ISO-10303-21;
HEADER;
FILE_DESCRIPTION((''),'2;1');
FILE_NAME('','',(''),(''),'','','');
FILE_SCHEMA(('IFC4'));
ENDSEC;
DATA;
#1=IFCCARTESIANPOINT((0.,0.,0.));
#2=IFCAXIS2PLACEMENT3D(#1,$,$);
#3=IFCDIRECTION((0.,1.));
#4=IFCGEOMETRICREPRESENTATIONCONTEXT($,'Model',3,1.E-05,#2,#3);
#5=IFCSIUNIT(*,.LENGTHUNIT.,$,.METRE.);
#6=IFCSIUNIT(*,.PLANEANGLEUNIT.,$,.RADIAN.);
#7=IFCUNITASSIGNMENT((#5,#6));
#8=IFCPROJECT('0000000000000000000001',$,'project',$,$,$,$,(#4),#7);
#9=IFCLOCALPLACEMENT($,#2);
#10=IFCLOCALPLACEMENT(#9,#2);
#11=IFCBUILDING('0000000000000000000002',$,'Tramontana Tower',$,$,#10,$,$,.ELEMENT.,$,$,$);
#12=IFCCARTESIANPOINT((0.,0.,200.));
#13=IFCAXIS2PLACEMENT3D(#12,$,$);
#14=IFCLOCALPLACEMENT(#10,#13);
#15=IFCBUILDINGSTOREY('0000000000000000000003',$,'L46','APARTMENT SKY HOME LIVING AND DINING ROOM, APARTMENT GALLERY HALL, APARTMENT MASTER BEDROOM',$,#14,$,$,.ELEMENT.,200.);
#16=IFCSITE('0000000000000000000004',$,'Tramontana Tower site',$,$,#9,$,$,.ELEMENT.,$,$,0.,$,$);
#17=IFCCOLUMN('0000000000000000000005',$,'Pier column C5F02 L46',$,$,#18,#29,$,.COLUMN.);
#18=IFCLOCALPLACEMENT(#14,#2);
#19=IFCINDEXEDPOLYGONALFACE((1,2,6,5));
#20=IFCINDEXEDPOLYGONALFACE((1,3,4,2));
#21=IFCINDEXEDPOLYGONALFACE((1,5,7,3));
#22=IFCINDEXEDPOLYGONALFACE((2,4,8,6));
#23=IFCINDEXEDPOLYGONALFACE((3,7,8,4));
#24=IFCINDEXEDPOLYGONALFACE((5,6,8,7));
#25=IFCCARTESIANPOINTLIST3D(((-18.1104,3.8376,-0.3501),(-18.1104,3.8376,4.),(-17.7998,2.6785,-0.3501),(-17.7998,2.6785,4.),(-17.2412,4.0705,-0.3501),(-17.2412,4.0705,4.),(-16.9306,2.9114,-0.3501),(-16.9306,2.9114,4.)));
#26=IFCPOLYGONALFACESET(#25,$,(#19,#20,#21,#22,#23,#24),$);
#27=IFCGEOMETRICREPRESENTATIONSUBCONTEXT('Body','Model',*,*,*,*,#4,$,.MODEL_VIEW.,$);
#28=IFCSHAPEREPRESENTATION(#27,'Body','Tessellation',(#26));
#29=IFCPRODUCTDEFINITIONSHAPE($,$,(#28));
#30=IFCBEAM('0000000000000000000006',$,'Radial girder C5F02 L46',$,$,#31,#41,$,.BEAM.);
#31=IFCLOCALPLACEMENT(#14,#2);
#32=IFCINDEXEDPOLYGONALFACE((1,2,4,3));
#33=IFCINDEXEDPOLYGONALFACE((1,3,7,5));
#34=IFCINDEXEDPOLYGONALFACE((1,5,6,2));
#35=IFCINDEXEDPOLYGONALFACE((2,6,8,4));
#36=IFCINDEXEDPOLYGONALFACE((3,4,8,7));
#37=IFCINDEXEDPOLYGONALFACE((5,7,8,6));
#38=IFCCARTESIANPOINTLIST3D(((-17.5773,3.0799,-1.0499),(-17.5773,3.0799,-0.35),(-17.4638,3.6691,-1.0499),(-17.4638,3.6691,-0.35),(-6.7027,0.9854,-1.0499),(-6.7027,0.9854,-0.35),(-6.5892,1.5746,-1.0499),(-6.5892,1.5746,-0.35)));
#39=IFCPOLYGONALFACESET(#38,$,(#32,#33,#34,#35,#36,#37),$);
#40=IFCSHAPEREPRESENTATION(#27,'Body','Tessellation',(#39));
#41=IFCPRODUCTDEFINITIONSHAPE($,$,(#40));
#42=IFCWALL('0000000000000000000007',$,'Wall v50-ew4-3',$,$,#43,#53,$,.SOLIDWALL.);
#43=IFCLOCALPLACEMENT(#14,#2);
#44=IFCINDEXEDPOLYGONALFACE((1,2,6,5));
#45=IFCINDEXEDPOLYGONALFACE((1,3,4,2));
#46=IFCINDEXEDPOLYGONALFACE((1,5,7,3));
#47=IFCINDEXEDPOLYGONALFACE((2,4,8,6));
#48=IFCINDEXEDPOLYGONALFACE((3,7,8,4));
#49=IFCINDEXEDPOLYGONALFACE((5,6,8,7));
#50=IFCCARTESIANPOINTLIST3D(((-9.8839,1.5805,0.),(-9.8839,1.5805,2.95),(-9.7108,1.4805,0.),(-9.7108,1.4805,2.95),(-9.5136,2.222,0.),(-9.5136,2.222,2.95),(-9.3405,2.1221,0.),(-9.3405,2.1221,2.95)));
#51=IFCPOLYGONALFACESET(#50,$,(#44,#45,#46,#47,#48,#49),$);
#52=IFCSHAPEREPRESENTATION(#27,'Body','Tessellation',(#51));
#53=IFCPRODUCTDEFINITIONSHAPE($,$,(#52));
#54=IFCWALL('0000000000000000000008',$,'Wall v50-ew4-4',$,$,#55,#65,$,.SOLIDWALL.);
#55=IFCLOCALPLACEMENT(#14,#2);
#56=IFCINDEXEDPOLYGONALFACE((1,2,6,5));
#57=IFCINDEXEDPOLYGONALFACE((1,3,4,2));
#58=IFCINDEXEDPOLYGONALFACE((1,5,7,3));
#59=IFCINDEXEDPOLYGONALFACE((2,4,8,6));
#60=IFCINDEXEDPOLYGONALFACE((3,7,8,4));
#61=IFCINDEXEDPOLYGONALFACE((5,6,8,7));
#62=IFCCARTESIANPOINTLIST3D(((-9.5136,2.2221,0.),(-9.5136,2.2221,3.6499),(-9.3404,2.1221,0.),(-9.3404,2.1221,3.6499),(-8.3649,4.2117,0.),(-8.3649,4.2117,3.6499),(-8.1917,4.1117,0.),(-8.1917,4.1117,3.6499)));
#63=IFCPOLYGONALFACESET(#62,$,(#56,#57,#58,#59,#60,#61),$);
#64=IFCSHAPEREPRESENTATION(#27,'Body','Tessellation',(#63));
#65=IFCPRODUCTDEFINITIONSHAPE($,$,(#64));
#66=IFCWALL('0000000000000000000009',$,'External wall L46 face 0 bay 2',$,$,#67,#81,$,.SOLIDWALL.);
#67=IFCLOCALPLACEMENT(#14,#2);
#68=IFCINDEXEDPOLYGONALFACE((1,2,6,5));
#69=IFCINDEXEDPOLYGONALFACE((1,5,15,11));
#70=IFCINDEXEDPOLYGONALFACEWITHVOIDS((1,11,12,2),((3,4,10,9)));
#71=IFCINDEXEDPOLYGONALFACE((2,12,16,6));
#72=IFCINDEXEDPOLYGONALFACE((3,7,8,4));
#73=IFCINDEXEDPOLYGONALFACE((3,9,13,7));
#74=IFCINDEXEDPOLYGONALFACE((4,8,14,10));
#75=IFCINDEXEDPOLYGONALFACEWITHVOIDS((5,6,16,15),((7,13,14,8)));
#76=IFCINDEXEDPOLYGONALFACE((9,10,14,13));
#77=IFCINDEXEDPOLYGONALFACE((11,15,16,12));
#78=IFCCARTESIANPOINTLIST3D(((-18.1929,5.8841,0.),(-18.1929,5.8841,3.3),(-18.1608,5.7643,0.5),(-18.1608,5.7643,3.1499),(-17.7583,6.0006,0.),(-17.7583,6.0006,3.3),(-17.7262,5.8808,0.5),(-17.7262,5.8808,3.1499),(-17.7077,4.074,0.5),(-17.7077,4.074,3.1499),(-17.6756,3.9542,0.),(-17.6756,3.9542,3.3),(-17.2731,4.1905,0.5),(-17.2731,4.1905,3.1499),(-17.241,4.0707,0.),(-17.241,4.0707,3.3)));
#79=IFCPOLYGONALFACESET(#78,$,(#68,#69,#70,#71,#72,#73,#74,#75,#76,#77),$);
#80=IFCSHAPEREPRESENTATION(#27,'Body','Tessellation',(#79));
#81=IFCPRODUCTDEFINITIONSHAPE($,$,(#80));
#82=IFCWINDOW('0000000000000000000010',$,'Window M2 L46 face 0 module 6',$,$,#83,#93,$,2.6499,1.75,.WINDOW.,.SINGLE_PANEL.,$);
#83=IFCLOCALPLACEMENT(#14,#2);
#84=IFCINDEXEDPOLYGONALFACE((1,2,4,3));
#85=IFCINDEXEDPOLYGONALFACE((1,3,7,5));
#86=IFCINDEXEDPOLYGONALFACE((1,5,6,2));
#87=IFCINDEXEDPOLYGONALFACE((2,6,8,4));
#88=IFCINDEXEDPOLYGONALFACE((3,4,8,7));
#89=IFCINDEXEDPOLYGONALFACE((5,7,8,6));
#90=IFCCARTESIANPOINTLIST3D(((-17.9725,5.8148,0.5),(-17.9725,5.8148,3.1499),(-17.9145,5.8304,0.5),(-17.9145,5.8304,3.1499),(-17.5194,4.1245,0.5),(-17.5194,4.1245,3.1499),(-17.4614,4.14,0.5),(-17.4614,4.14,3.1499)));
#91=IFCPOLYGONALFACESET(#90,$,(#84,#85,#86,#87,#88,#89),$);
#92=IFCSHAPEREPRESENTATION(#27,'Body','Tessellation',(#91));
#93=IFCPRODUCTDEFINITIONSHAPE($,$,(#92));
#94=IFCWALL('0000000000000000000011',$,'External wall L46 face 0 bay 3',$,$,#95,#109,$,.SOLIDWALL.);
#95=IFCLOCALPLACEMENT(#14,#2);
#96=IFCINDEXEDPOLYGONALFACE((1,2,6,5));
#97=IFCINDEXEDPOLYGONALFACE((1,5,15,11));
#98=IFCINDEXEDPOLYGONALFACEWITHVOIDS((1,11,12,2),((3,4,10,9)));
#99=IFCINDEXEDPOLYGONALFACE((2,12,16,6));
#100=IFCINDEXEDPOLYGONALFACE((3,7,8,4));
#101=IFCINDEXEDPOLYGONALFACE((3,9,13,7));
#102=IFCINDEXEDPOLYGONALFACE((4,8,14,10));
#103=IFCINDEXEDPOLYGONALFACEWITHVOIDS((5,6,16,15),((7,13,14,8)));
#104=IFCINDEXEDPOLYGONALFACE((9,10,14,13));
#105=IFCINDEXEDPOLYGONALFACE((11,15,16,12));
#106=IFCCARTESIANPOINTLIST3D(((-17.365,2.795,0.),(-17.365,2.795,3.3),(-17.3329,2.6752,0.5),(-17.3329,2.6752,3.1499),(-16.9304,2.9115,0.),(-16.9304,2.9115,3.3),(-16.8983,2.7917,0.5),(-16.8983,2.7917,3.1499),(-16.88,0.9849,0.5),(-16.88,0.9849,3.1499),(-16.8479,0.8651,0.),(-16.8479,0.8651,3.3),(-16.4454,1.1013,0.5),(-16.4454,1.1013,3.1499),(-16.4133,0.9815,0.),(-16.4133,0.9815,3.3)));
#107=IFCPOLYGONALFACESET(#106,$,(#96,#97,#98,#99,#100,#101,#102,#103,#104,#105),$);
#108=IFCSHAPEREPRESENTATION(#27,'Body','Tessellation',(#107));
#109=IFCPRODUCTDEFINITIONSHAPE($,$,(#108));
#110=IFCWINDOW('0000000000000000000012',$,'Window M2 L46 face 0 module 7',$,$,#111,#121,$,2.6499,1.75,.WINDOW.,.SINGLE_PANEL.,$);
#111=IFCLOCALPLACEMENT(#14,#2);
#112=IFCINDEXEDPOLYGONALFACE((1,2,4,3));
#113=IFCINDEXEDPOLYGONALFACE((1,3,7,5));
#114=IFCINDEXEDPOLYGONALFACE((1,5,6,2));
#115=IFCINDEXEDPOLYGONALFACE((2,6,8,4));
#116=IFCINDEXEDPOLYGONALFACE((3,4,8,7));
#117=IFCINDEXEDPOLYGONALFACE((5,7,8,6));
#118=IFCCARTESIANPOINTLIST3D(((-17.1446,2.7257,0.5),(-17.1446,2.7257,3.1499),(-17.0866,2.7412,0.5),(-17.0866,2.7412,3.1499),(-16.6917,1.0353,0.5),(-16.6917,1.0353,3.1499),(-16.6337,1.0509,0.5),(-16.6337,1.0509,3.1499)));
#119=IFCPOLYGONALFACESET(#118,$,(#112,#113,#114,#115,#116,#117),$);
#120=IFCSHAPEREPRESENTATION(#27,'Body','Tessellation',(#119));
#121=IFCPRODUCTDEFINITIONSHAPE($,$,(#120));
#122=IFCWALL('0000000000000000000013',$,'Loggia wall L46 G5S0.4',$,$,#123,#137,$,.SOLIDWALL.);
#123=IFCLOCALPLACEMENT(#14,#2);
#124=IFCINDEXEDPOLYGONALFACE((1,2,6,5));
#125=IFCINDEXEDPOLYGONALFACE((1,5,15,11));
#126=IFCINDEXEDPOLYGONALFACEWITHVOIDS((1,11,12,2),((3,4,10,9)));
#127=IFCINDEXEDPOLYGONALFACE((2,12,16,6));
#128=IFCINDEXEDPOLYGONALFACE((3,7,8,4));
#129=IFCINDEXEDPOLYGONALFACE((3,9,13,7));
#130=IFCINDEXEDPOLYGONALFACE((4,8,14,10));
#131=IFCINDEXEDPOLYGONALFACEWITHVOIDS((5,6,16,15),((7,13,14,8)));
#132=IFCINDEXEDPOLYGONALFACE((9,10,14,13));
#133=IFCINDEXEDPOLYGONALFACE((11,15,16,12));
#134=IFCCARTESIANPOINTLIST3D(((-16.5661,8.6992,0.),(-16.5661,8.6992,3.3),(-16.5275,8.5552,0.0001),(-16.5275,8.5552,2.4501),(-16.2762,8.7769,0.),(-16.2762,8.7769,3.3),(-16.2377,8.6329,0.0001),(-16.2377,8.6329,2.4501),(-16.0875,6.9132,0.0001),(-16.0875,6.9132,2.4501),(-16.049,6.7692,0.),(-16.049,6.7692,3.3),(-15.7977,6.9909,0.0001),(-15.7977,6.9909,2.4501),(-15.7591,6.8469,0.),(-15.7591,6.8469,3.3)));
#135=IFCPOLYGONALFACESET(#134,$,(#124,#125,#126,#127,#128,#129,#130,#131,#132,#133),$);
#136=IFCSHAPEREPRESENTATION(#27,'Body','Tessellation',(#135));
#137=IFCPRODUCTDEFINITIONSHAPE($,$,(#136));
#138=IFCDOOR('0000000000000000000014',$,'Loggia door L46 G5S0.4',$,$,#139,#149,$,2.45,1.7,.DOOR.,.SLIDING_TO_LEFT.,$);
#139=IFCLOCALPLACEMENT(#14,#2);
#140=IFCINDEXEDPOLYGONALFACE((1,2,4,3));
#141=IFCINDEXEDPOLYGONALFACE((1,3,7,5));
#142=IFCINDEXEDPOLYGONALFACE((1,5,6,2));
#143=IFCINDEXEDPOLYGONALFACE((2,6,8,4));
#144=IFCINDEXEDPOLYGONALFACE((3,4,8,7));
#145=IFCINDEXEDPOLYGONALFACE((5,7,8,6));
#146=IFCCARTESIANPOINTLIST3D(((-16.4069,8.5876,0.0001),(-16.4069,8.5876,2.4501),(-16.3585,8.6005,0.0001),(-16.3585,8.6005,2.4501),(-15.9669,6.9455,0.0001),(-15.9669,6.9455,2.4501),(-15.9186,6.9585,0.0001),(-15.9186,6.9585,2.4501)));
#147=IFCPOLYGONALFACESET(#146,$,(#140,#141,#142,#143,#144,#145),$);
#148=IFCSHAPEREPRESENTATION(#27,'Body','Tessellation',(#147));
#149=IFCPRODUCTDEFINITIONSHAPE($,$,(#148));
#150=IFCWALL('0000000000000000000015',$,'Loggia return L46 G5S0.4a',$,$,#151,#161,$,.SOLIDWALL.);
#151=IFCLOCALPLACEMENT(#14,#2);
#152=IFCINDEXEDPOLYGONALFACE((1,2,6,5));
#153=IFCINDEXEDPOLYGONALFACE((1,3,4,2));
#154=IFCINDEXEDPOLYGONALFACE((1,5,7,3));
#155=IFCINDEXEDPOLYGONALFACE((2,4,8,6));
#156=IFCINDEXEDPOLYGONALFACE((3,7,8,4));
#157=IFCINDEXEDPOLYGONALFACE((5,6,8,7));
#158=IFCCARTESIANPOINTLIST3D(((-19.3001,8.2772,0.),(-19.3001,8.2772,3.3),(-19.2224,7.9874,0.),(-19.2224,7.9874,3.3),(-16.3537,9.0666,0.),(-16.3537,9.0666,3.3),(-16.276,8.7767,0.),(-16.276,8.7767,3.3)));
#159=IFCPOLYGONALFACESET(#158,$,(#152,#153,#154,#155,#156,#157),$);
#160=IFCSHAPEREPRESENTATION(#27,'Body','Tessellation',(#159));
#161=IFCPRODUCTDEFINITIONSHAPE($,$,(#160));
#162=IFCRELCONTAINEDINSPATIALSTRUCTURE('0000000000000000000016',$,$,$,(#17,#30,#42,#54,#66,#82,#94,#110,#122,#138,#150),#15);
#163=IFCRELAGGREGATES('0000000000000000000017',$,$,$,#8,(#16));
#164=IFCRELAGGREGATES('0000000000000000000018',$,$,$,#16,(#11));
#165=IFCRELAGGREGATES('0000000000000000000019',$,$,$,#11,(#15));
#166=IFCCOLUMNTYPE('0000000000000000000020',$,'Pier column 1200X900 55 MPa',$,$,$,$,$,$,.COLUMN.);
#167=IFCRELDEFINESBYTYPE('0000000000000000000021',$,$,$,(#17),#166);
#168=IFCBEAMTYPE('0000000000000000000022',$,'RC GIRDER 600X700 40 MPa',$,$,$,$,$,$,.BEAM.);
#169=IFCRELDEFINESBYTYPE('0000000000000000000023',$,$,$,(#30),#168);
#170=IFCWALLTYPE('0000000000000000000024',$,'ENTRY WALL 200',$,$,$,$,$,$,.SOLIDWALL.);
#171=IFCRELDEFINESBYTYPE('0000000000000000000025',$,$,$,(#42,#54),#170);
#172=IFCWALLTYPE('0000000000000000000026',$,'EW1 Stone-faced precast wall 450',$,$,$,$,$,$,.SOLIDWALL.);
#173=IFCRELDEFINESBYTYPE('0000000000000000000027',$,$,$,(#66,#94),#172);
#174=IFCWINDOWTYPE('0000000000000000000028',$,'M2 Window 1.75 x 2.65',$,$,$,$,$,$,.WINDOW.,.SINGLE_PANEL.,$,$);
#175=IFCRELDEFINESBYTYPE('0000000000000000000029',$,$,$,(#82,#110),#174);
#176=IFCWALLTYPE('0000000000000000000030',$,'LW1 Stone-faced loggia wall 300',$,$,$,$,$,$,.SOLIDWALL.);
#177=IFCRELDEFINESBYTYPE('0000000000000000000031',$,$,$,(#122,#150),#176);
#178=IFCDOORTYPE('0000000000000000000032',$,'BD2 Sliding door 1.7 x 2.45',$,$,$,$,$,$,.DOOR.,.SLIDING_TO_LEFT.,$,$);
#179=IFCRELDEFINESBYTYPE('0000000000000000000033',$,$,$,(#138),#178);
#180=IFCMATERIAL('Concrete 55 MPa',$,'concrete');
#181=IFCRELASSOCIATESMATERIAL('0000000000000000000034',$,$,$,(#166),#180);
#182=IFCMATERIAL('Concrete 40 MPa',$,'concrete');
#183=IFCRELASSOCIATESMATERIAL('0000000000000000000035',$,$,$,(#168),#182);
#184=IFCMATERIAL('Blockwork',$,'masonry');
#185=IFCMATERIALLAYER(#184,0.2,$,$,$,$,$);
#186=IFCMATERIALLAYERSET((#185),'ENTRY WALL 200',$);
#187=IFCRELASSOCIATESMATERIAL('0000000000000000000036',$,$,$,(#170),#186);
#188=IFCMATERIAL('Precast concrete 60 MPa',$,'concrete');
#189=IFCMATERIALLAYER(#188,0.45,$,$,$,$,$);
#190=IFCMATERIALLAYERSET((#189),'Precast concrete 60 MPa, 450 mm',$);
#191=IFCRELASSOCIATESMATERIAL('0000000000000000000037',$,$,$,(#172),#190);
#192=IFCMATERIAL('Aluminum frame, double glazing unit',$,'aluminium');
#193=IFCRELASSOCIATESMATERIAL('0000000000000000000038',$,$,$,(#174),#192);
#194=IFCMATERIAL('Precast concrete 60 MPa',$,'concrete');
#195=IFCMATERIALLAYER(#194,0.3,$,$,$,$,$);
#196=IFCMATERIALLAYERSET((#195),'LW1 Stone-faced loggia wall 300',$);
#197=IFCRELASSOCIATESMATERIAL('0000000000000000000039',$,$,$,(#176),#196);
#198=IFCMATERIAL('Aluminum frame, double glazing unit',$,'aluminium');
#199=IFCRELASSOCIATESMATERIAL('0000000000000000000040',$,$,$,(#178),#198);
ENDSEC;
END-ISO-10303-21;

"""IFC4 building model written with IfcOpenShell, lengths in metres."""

from ifc_helpers import new_model, si_unit, direction, frame, frame_2d, origin, origin_2d, place, context, subcontext, project, spatial, rectangle, extrude, material, layer, layer_set, material_profile, profile_set, type_object, element, fill, save


model = new_model("IFC4")

# Units and contexts
model_context = context("Model", 3, precision=1e-05, world=origin(), true_north=direction((0.0, 1.0)))
body_context = subcontext(model_context, "Body", "Model", "MODEL_VIEW")
ifc_project = project(units=[si_unit("LENGTHUNIT", "METRE"), si_unit("PLANEANGLEUNIT", "RADIAN")], contexts=[model_context])

# Site, building, storey
site_placement = place(None, origin())
site = spatial("IfcSite", under=ifc_project, at=site_placement, Name="Tramontana Tower site", CompositionType="ELEMENT", RefElevation=0.0)
building_placement = place(site_placement, origin())
building = spatial("IfcBuilding", under=site, at=building_placement, Name="Tramontana Tower", CompositionType="ELEMENT")
storey_placement = place(building_placement, frame((0.0, 0.0, 200.0)))
storey = spatial("IfcBuildingStorey", under=building, at=storey_placement, Name="L46", Description="APARTMENT SKY HOME LIVING AND DINING ROOM, APARTMENT GALLERY HALL, APARTMENT MASTER BEDROOM", CompositionType="ELEMENT", Elevation=200.0)

# Column
ifc_material_1 = material(Name="Concrete 55 MPa", Category="concrete")
ifc_material_profile_1 = material_profile(ifc_material_1, rectangle(XDim=1.2, YDim=0.8999, at=origin_2d()), Name="Pier column 1200X900 55 MPa")
ifc_profile_set_1 = profile_set([ifc_material_profile_1], Name="Concrete 55 MPa")
column_type = type_object("IfcColumnType", Name="Pier column 1200X900 55 MPa", PredefinedType="COLUMN", material=ifc_profile_set_1)
column_placement = place(storey_placement, frame((-17.5205, 3.3745, -0.3501), z_axis=(0.0, 0.0, 1.0), x_axis=(0.258819, -0.965926, 0.0)))
element("IfcColumn", 1, at=column_placement, inside=storey, type_object=column_type, Name="Pier column C5F02 L46", PredefinedType="COLUMN", context=body_context, shape_type="SweptSolid", body=[
    extrude(rectangle(XDim=1.2, YDim=0.8999, at=origin_2d()), origin(), (0.0, 0.0, 1.0), 4.3501),
])

# Beam
ifc_material_2 = material(Name="Concrete 40 MPa", Category="concrete")
ifc_material_profile_2 = material_profile(ifc_material_2, rectangle(XDim=0.6001, YDim=0.7, at=origin_2d()), Name="RC GIRDER 600X700 40 MPa")
ifc_profile_set_2 = profile_set([ifc_material_profile_2], Name="Concrete 40 MPa")
beam_type = type_object("IfcBeamType", Name="RC GIRDER 600X700 40 MPa", PredefinedType="BEAM", material=ifc_profile_set_2)
beam_placement = place(storey_placement, frame((-17.5205, 3.3745, -0.7), z_axis=(0.981952, -0.189129, 0.0), x_axis=(0.189129, 0.981952, 0.0)))
element("IfcBeam", 2, at=beam_placement, inside=storey, type_object=beam_type, Name="Radial girder C5F02 L46", PredefinedType="BEAM", context=body_context, shape_type="SweptSolid", body=[
    extrude(rectangle(XDim=0.6001, YDim=0.7, at=origin_2d()), origin(), (0.0, 0.0, 1.0), 11.0745),
])

# Walls
ifc_material_3 = material(Name="Blockwork", Category="masonry")
ifc_layer_1 = layer(ifc_material_3, 0.2)
ifc_layer_set_1 = layer_set([ifc_layer_1], Name="ENTRY WALL 200")
wall_type_1 = type_object("IfcWallType", Name="ENTRY WALL 200", PredefinedType="SOLIDWALL", material=ifc_layer_set_1)
wall_1_placement = place(storey_placement, frame((-9.7974, 1.5305, 0.0), z_axis=(0.0, 0.0, 1.0), x_axis=(0.499932, 0.866065, 0.0)))
element("IfcWall", 3, at=wall_1_placement, inside=storey, type_object=wall_type_1, Name="Wall v50-ew4-3", PredefinedType="SOLIDWALL", context=body_context, shape_type="SweptSolid", body=[
    extrude(rectangle(XDim=0.7407, YDim=0.2, at=frame_2d((0.3704, 0.0))), origin(), (0.0, 0.0, 1.0), 2.95),
])
wall_2_placement = place(storey_placement, frame((-9.427, 2.1721, 0.0), z_axis=(0.0, 0.0, 1.0), x_axis=(0.500014, 0.866017, 0.0)))
element("IfcWall", 4, at=wall_2_placement, inside=storey, type_object=wall_type_1, Name="Wall v50-ew4-4", PredefinedType="SOLIDWALL", context=body_context, shape_type="SweptSolid", body=[
    extrude(rectangle(XDim=2.2974, YDim=0.2, at=frame_2d((1.1487, 0.0))), origin(), (0.0, 0.0, 1.0), 3.6499),
])

# Walls, openings, windows
ifc_material_4 = material(Name="Precast concrete 60 MPa", Category="concrete")
ifc_layer_2 = layer(ifc_material_4, 0.45)
ifc_layer_set_2 = layer_set([ifc_layer_2], Name="Precast concrete 60 MPa, 450 mm")
wall_type_2 = type_object("IfcWallType", Name="EW1 Stone-faced precast wall 450", PredefinedType="SOLIDWALL", material=ifc_layer_set_2)
wall_3_placement = place(storey_placement, frame((-17.9756, 5.9424, 0.0), z_axis=(0.0, 0.0, 1.0), x_axis=(0.258917, -0.9659, 0.0)))
wall_3 = element("IfcWall", 5, at=wall_3_placement, inside=storey, type_object=wall_type_2, Name="External wall L46 face 0 bay 2", PredefinedType="SOLIDWALL", context=body_context, shape_type="SweptSolid", body=[
    extrude(rectangle(XDim=1.998, YDim=0.45, at=frame_2d((0.999, 0.0))), origin(), (0.0, 0.0, 1.0), 3.3),
])
opening_1_placement = place(wall_3_placement, frame((0.124, 0.0, 0.5)))
opening_1 = element("IfcOpeningElement", 6, at=opening_1_placement, cuts=wall_3, PredefinedType="OPENING", context=body_context, shape_type="SweptSolid", body=[
    extrude(rectangle(XDim=1.75, YDim=2.6499, at=frame_2d((0.875, 1.325))), frame((0.0, 0.2349, 0.0), z_axis=(0.0, -1.0, 0.0), x_axis=(1.0, 0.0, 0.0)), (0.0, 0.0, 1.0), 0.47),
])
ifc_material_5 = material(Name="Aluminum frame, double glazing unit", Category="aluminium")
window_type = type_object("IfcWindowType", Name="M2 Window 1.75 x 2.65", PartitioningType="SINGLE_PANEL", PredefinedType="WINDOW", material=ifc_material_5)
window_1_placement = place(opening_1_placement, origin())
window_1 = element("IfcWindow", 7, at=window_1_placement, inside=storey, type_object=window_type, Name="Window M2 L46 face 0 module 6", OverallHeight=2.6499, OverallWidth=1.75, PartitioningType="SINGLE_PANEL", PredefinedType="WINDOW", context=body_context, shape_type="SweptSolid", body=[
    extrude(rectangle(XDim=1.75, YDim=2.6499, at=frame_2d((0.875, 1.325))), frame((0.0, 0.03, 0.0), z_axis=(0.0, -1.0, 0.0), x_axis=(1.0, 0.0, 0.0)), (0.0, 0.0, 1.0), 0.0601),
])
fill(opening_1, window_1)
wall_4_placement = place(storey_placement, frame((-17.1477, 2.8533, 0.0), z_axis=(0.0, 0.0, 1.0), x_axis=(0.258803, -0.96593, 0.0)))
wall_4 = element("IfcWall", 8, at=wall_4_placement, inside=storey, type_object=wall_type_2, Name="External wall L46 face 0 bay 3", PredefinedType="SOLIDWALL", context=body_context, shape_type="SweptSolid", body=[
    extrude(rectangle(XDim=1.998, YDim=0.45, at=frame_2d((0.999, 0.0))), origin(), (0.0, 0.0, 1.0), 3.3),
])
opening_2_placement = place(wall_4_placement, frame((0.124, 0.0, 0.5)))
opening_2 = element("IfcOpeningElement", 9, at=opening_2_placement, cuts=wall_4, PredefinedType="OPENING", context=body_context, shape_type="SweptSolid", body=[
    extrude(rectangle(XDim=1.75, YDim=2.6499, at=frame_2d((0.875, 1.325))), frame((0.0, 0.2349, 0.0), z_axis=(0.0, -1.0, 0.0), x_axis=(1.0, 0.0, 0.0)), (0.0, 0.0, 1.0), 0.47),
])
window_2_placement = place(opening_2_placement, origin())
window_2 = element("IfcWindow", 10, at=window_2_placement, inside=storey, type_object=window_type, Name="Window M2 L46 face 0 module 7", OverallHeight=2.6499, OverallWidth=1.75, PartitioningType="SINGLE_PANEL", PredefinedType="WINDOW", context=body_context, shape_type="SweptSolid", body=[
    extrude(rectangle(XDim=1.75, YDim=2.6499, at=frame_2d((0.875, 1.325))), frame((0.0, 0.03, 0.0), z_axis=(0.0, -1.0, 0.0), x_axis=(1.0, 0.0, 0.0)), (0.0, 0.0, 1.0), 0.0601),
])
fill(opening_2, window_2)

# Wall, opening, door
ifc_material_6 = material(Name="Precast concrete 60 MPa", Category="concrete")
ifc_layer_3 = layer(ifc_material_6, 0.3)
ifc_layer_set_3 = layer_set([ifc_layer_3], Name="LW1 Stone-faced loggia wall 300")
wall_type_3 = type_object("IfcWallType", Name="LW1 Stone-faced loggia wall 300", PredefinedType="SOLIDWALL", material=ifc_layer_set_3)
wall_5_placement = place(storey_placement, frame((-16.4211, 8.738, 0.0), z_axis=(0.0, 0.0, 1.0), x_axis=(0.258803, -0.96593, 0.0)))
wall_5 = element("IfcWall", 11, at=wall_5_placement, inside=storey, type_object=wall_type_3, Name="Loggia wall L46 G5S0.4", PredefinedType="SOLIDWALL", context=body_context, shape_type="SweptSolid", body=[
    extrude(rectangle(XDim=1.998, YDim=0.3, at=frame_2d((0.999, 0.0))), origin(), (0.0, 0.0, 1.0), 3.3),
])
opening_3_placement = place(wall_5_placement, frame((0.1489, 0.0, 0.0)))
opening_3 = element("IfcOpeningElement", 12, at=opening_3_placement, cuts=wall_5, PredefinedType="OPENING", context=body_context, shape_type="SweptSolid", body=[
    extrude(rectangle(XDim=1.7, YDim=2.45, at=frame_2d((0.8501, 1.2251))), frame((0.0, 0.1599, 0.0), z_axis=(0.0, -1.0, 0.0), x_axis=(1.0, 0.0, 0.0)), (0.0, 0.0, 1.0), 0.3201),
])
ifc_material_7 = material(Name="Aluminum frame, double glazing unit", Category="aluminium")
door_type_1 = type_object("IfcDoorType", Name="BD2 Sliding door 1.7 x 2.45", OperationType="SLIDING_TO_LEFT", PredefinedType="DOOR", material=ifc_material_7)
door_1_placement = place(opening_3_placement, origin())
door_1 = element("IfcDoor", 13, at=door_1_placement, inside=storey, type_object=door_type_1, Name="Loggia door L46 G5S0.4", OperationType="SLIDING_TO_LEFT", OverallHeight=2.45, OverallWidth=1.7, PredefinedType="DOOR", context=body_context, shape_type="SweptSolid", body=[
    extrude(rectangle(XDim=1.7, YDim=2.45, at=frame_2d((0.8501, 1.2251))), frame((0.0, 0.0249, 0.0), z_axis=(0.0, -1.0, 0.0), x_axis=(1.0, 0.0, 0.0)), (0.0, 0.0, 1.0), 0.05),
])
fill(opening_3, door_1)

# Wall
wall_6_placement = place(storey_placement, frame((-19.2612, 8.1323, 0.0), z_axis=(0.0, 0.0, 1.0), x_axis=(0.965938, 0.258773, 0.0)))
element("IfcWall", 14, at=wall_6_placement, inside=storey, type_object=wall_type_3, Name="Loggia return L46 G5S0.4a", PredefinedType="SOLIDWALL", context=body_context, shape_type="SweptSolid", body=[
    extrude(rectangle(XDim=3.0503, YDim=0.3, at=frame_2d((1.5251, 0.0))), origin(), (0.0, 0.0, 1.0), 3.3),
])

save(model, "model.ifc")
